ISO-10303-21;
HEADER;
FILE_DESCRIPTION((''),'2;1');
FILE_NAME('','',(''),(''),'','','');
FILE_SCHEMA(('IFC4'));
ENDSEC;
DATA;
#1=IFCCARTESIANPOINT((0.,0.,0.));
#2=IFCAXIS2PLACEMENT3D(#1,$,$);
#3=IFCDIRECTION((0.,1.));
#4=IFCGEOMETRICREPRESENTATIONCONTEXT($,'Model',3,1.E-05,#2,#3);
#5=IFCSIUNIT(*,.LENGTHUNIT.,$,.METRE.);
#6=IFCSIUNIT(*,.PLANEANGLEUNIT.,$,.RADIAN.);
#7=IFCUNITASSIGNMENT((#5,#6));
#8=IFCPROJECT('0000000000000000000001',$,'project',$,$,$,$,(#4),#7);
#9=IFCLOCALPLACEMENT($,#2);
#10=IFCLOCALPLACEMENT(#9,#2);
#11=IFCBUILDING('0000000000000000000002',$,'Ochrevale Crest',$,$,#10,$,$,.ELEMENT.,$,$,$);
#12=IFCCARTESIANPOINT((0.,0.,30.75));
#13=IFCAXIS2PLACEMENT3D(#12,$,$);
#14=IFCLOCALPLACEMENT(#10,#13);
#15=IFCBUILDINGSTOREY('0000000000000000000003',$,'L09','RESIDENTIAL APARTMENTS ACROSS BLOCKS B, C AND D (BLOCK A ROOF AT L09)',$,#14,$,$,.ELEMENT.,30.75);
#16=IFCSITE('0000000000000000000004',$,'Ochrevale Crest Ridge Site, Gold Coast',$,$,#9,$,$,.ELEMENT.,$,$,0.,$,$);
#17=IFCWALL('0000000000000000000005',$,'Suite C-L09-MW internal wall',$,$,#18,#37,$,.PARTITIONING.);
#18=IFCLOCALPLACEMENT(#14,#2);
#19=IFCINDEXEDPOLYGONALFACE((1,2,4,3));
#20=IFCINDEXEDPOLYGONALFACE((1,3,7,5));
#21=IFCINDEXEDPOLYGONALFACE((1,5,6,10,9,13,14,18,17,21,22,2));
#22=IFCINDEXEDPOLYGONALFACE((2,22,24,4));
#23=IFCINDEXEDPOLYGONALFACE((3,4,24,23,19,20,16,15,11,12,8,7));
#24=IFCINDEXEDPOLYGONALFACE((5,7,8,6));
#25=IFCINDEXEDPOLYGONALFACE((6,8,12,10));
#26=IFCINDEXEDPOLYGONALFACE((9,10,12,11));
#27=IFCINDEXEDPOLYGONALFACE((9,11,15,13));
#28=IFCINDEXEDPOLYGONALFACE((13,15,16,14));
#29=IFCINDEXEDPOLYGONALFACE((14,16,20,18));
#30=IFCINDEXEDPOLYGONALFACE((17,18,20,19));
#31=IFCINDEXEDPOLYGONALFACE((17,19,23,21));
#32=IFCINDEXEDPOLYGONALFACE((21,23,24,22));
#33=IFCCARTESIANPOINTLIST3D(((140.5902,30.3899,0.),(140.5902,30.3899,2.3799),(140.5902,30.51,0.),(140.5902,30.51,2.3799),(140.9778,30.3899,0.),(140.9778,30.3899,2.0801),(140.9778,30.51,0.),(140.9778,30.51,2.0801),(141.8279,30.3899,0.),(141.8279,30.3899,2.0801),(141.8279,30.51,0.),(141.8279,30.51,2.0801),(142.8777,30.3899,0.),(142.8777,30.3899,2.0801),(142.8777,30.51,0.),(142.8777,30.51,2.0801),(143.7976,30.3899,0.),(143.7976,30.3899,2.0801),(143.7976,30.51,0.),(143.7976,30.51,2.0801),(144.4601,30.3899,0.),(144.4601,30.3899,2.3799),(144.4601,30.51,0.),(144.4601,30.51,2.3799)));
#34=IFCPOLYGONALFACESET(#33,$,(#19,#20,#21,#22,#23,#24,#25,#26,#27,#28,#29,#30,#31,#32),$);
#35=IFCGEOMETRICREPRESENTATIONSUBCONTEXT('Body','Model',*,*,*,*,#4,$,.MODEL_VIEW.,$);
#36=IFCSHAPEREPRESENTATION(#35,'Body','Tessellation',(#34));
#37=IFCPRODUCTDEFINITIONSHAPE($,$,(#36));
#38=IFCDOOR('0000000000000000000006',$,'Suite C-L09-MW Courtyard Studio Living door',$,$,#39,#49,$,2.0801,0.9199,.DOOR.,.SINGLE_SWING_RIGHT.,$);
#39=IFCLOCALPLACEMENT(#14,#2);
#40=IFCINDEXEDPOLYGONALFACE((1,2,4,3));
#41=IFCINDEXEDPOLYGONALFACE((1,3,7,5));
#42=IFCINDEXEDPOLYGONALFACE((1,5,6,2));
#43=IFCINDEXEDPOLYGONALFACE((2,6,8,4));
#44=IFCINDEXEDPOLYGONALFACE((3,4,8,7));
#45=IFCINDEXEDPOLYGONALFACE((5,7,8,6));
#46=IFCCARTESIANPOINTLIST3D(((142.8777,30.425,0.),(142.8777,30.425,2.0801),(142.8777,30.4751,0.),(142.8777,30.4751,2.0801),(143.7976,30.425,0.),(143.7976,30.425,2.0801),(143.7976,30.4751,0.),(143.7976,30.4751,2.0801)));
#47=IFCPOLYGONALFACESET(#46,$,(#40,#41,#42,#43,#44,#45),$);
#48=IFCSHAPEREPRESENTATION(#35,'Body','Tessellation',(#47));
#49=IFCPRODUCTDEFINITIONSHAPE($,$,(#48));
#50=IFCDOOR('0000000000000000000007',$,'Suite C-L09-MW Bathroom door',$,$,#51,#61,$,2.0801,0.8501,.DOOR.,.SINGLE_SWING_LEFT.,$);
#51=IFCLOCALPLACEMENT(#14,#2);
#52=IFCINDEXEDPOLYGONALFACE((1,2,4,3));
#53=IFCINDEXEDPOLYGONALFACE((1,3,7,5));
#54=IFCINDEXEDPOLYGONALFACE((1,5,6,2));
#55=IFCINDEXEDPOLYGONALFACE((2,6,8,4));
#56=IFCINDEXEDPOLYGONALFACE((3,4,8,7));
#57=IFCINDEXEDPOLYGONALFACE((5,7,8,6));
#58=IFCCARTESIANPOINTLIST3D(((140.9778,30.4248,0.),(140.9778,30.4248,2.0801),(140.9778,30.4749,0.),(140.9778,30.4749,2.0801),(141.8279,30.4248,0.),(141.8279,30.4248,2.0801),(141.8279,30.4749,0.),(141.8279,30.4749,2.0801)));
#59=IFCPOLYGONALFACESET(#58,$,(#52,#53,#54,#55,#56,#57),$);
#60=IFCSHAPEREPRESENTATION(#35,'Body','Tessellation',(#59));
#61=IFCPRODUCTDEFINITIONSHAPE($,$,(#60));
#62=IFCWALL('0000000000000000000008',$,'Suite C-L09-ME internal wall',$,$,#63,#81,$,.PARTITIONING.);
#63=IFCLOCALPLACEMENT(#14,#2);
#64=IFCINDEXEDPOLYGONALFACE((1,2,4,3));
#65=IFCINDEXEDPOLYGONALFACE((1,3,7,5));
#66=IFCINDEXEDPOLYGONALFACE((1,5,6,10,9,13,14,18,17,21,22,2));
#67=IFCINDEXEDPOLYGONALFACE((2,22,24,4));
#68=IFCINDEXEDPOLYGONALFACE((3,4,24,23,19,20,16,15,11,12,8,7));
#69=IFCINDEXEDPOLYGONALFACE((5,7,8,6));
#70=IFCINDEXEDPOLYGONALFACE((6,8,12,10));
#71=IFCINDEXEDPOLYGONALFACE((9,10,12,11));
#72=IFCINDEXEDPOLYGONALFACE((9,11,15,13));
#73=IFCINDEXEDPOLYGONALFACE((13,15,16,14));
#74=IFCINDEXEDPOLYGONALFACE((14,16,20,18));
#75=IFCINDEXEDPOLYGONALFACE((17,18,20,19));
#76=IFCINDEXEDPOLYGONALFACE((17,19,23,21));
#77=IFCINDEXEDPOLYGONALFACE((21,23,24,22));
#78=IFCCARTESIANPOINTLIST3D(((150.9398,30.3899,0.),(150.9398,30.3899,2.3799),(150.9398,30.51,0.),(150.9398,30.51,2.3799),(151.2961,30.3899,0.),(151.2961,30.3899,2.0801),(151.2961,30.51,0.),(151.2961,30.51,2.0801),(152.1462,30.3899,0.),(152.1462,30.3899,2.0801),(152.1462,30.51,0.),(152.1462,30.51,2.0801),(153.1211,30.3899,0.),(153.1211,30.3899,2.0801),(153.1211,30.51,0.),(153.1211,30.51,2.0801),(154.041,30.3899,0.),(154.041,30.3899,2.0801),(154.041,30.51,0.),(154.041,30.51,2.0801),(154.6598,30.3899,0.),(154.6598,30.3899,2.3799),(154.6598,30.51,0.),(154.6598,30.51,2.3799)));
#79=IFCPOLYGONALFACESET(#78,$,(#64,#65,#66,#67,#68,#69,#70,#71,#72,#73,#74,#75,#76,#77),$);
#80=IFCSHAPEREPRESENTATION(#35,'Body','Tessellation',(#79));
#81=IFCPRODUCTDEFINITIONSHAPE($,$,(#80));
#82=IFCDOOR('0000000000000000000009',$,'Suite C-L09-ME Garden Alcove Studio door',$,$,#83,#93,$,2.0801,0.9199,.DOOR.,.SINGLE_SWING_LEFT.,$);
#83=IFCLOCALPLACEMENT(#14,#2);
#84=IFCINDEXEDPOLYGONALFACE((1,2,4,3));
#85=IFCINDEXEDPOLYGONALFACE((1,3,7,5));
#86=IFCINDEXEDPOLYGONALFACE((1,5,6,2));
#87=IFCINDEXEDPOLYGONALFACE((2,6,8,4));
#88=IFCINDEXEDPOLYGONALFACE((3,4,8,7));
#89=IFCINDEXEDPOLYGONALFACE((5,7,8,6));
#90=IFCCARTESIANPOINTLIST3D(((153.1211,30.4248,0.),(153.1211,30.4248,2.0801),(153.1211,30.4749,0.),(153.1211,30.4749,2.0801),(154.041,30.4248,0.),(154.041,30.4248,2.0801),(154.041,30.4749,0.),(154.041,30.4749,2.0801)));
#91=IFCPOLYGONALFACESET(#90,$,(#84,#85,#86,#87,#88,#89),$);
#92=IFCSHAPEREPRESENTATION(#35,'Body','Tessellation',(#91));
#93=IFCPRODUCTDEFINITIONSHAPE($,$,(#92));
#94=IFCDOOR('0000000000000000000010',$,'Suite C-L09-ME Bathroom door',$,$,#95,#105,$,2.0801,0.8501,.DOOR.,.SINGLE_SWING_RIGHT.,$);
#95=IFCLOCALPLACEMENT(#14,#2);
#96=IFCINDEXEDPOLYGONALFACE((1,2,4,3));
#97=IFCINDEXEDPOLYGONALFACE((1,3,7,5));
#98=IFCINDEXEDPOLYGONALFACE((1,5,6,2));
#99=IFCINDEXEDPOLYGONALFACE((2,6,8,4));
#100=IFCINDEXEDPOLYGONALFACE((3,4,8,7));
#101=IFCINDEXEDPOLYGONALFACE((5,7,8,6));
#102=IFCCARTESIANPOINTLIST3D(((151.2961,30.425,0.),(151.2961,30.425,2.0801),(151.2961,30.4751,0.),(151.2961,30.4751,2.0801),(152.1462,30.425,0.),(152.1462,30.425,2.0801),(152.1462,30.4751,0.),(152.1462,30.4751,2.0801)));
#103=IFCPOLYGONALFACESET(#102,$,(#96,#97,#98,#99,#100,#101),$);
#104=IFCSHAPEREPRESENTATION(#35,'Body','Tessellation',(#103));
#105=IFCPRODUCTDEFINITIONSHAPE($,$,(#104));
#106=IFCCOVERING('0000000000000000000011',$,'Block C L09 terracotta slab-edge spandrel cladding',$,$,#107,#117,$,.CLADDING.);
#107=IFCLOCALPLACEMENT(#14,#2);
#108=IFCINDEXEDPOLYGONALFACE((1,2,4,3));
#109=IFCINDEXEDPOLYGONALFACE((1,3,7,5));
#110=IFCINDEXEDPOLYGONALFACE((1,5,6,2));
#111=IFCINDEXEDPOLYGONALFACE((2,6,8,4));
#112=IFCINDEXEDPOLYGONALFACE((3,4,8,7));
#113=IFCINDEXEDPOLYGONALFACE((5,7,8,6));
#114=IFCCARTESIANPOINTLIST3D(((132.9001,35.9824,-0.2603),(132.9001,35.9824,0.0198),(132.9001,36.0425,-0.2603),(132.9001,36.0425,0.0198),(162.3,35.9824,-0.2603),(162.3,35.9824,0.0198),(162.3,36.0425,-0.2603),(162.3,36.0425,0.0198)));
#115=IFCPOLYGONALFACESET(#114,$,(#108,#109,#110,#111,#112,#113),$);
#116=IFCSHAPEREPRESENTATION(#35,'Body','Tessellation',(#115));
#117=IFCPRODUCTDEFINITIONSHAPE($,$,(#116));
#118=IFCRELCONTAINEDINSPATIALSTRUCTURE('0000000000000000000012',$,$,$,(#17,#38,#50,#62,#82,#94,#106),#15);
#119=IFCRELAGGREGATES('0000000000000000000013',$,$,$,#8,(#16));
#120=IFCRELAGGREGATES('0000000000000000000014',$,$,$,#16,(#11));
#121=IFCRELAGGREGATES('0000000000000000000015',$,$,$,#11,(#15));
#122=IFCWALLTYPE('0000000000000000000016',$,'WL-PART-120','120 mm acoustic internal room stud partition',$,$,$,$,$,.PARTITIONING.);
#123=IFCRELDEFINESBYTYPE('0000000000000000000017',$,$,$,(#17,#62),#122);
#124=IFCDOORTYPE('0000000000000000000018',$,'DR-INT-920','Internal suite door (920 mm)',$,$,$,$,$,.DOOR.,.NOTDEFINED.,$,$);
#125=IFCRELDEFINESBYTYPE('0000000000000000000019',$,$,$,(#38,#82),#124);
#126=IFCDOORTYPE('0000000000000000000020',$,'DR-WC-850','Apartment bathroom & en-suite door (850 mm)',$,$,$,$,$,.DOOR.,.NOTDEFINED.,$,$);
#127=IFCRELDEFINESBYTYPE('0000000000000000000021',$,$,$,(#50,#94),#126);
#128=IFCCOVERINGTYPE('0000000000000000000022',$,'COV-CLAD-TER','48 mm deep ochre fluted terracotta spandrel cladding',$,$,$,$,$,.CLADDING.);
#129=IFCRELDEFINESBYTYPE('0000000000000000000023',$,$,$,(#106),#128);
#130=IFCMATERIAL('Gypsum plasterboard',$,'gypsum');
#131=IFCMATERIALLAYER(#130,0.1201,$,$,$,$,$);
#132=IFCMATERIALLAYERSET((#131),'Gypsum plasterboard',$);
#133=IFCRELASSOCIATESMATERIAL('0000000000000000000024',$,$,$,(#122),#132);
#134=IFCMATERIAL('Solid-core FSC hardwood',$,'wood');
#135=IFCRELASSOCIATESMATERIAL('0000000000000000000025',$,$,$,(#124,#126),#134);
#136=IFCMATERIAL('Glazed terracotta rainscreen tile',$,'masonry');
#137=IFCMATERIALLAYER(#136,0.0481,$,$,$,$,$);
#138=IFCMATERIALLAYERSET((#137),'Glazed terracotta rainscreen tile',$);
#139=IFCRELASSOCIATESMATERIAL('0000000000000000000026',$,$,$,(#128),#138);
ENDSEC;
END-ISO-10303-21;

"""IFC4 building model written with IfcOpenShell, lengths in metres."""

from ifc_helpers import new_model, si_unit, direction, frame, frame_2d, origin, origin_2d, place, context, subcontext, project, spatial, rectangle, extrude, material, layer, layer_set, type_object, element, fill, save


model = new_model("IFC4")

# Units and contexts
model_context = context("Model", 3, precision=1e-05, world=origin(), true_north=direction((0.0, 1.0)))
body_context = subcontext(model_context, "Body", "Model", "MODEL_VIEW")
ifc_project = project(units=[si_unit("LENGTHUNIT", "METRE"), si_unit("PLANEANGLEUNIT", "RADIAN")], contexts=[model_context])

# Site, building, storey
site_placement = place(None, origin())
site = spatial("IfcSite", under=ifc_project, at=site_placement, Name="Ochrevale Crest Ridge Site, Gold Coast", CompositionType="ELEMENT", RefElevation=0.0)
building_placement = place(site_placement, origin())
building = spatial("IfcBuilding", under=site, at=building_placement, Name="Ochrevale Crest", CompositionType="ELEMENT")
storey_placement = place(building_placement, frame((0.0, 0.0, 30.75)))
storey = spatial("IfcBuildingStorey", under=building, at=storey_placement, Name="L09", Description="RESIDENTIAL APARTMENTS ACROSS BLOCKS B, C AND D (BLOCK A ROOF AT L09)", CompositionType="ELEMENT", Elevation=30.75)

# Walls, openings, doors
ifc_material_1 = material(Name="Gypsum plasterboard", Category="gypsum")
ifc_layer_1 = layer(ifc_material_1, 0.1201)
ifc_layer_set_1 = layer_set([ifc_layer_1], Name="Gypsum plasterboard")
wall_type_1 = type_object("IfcWallType", Name="WL-PART-120", Description="120 mm acoustic internal room stud partition", PredefinedType="PARTITIONING", material=ifc_layer_set_1)
wall_1_placement = place(storey_placement, frame((140.5901, 30.45, 0.0), z_axis=(0.0, 0.0, 1.0), x_axis=(1.0, 0.0, 0.0)))
wall_1 = element("IfcWall", 1, at=wall_1_placement, inside=storey, type_object=wall_type_1, Name="Suite C-L09-MW internal wall", PredefinedType="PARTITIONING", context=body_context, shape_type="SweptSolid", body=[
    extrude(rectangle(XDim=3.8699, YDim=0.1201, at=frame_2d((1.9351, 0.0))), origin(), (0.0, 0.0, 1.0), 2.3799),
])
opening_1_placement = place(wall_1_placement, frame((0.3877, 0.0, 0.0)))
opening_1 = element("IfcOpeningElement", 2, at=opening_1_placement, cuts=wall_1, PredefinedType="OPENING", context=body_context, shape_type="SweptSolid", body=[
    extrude(rectangle(XDim=0.8501, YDim=2.0801, at=frame_2d((0.425, 1.04))), frame((0.0, 0.0701, 0.0), z_axis=(0.0, -1.0, 0.0), x_axis=(1.0, 0.0, 0.0)), (0.0, 0.0, 1.0), 0.1401),
])
opening_2_placement = place(wall_1_placement, frame((3.2075, 0.0, 0.0), z_axis=(0.0, 0.0, 1.0), x_axis=(-1.0, 0.0, 0.0)))
opening_2 = element("IfcOpeningElement", 3, at=opening_2_placement, cuts=wall_1, PredefinedType="OPENING", context=body_context, shape_type="SweptSolid", body=[
    extrude(rectangle(XDim=0.9199, YDim=2.0801, at=frame_2d((0.46, 1.04))), frame((0.0, 0.0701, 0.0), z_axis=(0.0, -1.0, 0.0), x_axis=(1.0, 0.0, 0.0)), (0.0, 0.0, 1.0), 0.1401),
])
ifc_material_2 = material(Name="Solid-core FSC hardwood", Category="wood")
door_type_1 = type_object("IfcDoorType", Name="DR-INT-920", Description="Internal suite door (920 mm)", OperationType="NOTDEFINED", PredefinedType="DOOR", material=ifc_material_2)
door_1_placement = place(opening_2_placement, origin())
door_1 = element("IfcDoor", 4, at=door_1_placement, inside=storey, type_object=door_type_1, Name="Suite C-L09-MW Courtyard Studio Living door", OperationType="SINGLE_SWING_RIGHT", OverallHeight=2.0801, OverallWidth=0.9199, PredefinedType="DOOR", context=body_context, shape_type="SweptSolid", body=[
    extrude(rectangle(XDim=0.9199, YDim=2.0801, at=frame_2d((0.46, 1.04))), frame((0.0, 0.0249, 0.0), z_axis=(0.0, -1.0, 0.0), x_axis=(1.0, 0.0, 0.0)), (0.0, 0.0, 1.0), 0.05),
])
fill(opening_2, door_1)
door_type_2 = type_object("IfcDoorType", Name="DR-WC-850", Description="Apartment bathroom & en-suite door (850 mm)", OperationType="NOTDEFINED", PredefinedType="DOOR", material=ifc_material_2)
door_2_placement = place(opening_1_placement, origin())
door_2 = element("IfcDoor", 5, at=door_2_placement, inside=storey, type_object=door_type_2, Name="Suite C-L09-MW Bathroom door", OperationType="SINGLE_SWING_LEFT", OverallHeight=2.0801, OverallWidth=0.8501, PredefinedType="DOOR", context=body_context, shape_type="SweptSolid", body=[
    extrude(rectangle(XDim=0.8501, YDim=2.0801, at=frame_2d((0.425, 1.04))), frame((0.0, 0.0249, 0.0), z_axis=(0.0, -1.0, 0.0), x_axis=(1.0, 0.0, 0.0)), (0.0, 0.0, 1.0), 0.05),
])
fill(opening_1, door_2)
wall_2_placement = place(storey_placement, frame((150.9399, 30.45, 0.0), z_axis=(0.0, 0.0, 1.0), x_axis=(1.0, 0.0, 0.0)))
wall_2 = element("IfcWall", 6, at=wall_2_placement, inside=storey, type_object=wall_type_1, Name="Suite C-L09-ME internal wall", PredefinedType="PARTITIONING", context=body_context, shape_type="SweptSolid", body=[
    extrude(rectangle(XDim=3.72, YDim=0.1201, at=frame_2d((1.8599, 0.0))), origin(), (0.0, 0.0, 1.0), 2.3799),
])
opening_3_placement = place(wall_2_placement, frame((1.2063, 0.0, 0.0), z_axis=(0.0, 0.0, 1.0), x_axis=(-1.0, 0.0, 0.0)))
opening_3 = element("IfcOpeningElement", 7, at=opening_3_placement, cuts=wall_2, PredefinedType="OPENING", context=body_context, shape_type="SweptSolid", body=[
    extrude(rectangle(XDim=0.8501, YDim=2.0801, at=frame_2d((0.425, 1.04))), frame((0.0, 0.0701, 0.0), z_axis=(0.0, -1.0, 0.0), x_axis=(1.0, 0.0, 0.0)), (0.0, 0.0, 1.0), 0.1401),
])
opening_4_placement = place(wall_2_placement, frame((2.1812, 0.0, 0.0)))
opening_4 = element("IfcOpeningElement", 8, at=opening_4_placement, cuts=wall_2, PredefinedType="OPENING", context=body_context, shape_type="SweptSolid", body=[
    extrude(rectangle(XDim=0.9199, YDim=2.0801, at=frame_2d((0.46, 1.04))), frame((0.0, 0.0701, 0.0), z_axis=(0.0, -1.0, 0.0), x_axis=(1.0, 0.0, 0.0)), (0.0, 0.0, 1.0), 0.1401),
])
door_3_placement = place(opening_4_placement, origin())
door_3 = element("IfcDoor", 9, at=door_3_placement, inside=storey, type_object=door_type_1, Name="Suite C-L09-ME Garden Alcove Studio door", OperationType="SINGLE_SWING_LEFT", OverallHeight=2.0801, OverallWidth=0.9199, PredefinedType="DOOR", context=body_context, shape_type="SweptSolid", body=[
    extrude(rectangle(XDim=0.9199, YDim=2.0801, at=frame_2d((0.46, 1.04))), frame((0.0, 0.0249, 0.0), z_axis=(0.0, -1.0, 0.0), x_axis=(1.0, 0.0, 0.0)), (0.0, 0.0, 1.0), 0.05),
])
fill(opening_4, door_3)
door_4_placement = place(opening_3_placement, origin())
door_4 = element("IfcDoor", 10, at=door_4_placement, inside=storey, type_object=door_type_2, Name="Suite C-L09-ME Bathroom door", OperationType="SINGLE_SWING_RIGHT", OverallHeight=2.0801, OverallWidth=0.8501, PredefinedType="DOOR", context=body_context, shape_type="SweptSolid", body=[
    extrude(rectangle(XDim=0.8501, YDim=2.0801, at=frame_2d((0.425, 1.04))), frame((0.0, 0.0249, 0.0), z_axis=(0.0, -1.0, 0.0), x_axis=(1.0, 0.0, 0.0)), (0.0, 0.0, 1.0), 0.05),
])
fill(opening_3, door_4)

# Covering
ifc_material_3 = material(Name="Glazed terracotta rainscreen tile", Category="masonry")
ifc_layer_2 = layer(ifc_material_3, 0.0481)
ifc_layer_set_2 = layer_set([ifc_layer_2], Name="Glazed terracotta rainscreen tile")
covering_type = type_object("IfcCoveringType", Name="COV-CLAD-TER", Description="48 mm deep ochre fluted terracotta spandrel cladding", PredefinedType="CLADDING", material=ifc_layer_set_2)
covering_placement = place(storey_placement, frame((147.6001, 36.0125, -0.2603), z_axis=(0.0, 0.0, 1.0), x_axis=(-1.0, 0.0, 0.0)))
element("IfcCovering", 11, at=covering_placement, inside=storey, type_object=covering_type, Name="Block C L09 terracotta slab-edge spandrel cladding", PredefinedType="CLADDING", context=body_context, shape_type="SweptSolid", body=[
    extrude(rectangle(XDim=29.3999, YDim=0.0601, at=origin_2d()), origin(), (0.0, 0.0, 1.0), 0.28),
])

save(model, "model.ifc")
